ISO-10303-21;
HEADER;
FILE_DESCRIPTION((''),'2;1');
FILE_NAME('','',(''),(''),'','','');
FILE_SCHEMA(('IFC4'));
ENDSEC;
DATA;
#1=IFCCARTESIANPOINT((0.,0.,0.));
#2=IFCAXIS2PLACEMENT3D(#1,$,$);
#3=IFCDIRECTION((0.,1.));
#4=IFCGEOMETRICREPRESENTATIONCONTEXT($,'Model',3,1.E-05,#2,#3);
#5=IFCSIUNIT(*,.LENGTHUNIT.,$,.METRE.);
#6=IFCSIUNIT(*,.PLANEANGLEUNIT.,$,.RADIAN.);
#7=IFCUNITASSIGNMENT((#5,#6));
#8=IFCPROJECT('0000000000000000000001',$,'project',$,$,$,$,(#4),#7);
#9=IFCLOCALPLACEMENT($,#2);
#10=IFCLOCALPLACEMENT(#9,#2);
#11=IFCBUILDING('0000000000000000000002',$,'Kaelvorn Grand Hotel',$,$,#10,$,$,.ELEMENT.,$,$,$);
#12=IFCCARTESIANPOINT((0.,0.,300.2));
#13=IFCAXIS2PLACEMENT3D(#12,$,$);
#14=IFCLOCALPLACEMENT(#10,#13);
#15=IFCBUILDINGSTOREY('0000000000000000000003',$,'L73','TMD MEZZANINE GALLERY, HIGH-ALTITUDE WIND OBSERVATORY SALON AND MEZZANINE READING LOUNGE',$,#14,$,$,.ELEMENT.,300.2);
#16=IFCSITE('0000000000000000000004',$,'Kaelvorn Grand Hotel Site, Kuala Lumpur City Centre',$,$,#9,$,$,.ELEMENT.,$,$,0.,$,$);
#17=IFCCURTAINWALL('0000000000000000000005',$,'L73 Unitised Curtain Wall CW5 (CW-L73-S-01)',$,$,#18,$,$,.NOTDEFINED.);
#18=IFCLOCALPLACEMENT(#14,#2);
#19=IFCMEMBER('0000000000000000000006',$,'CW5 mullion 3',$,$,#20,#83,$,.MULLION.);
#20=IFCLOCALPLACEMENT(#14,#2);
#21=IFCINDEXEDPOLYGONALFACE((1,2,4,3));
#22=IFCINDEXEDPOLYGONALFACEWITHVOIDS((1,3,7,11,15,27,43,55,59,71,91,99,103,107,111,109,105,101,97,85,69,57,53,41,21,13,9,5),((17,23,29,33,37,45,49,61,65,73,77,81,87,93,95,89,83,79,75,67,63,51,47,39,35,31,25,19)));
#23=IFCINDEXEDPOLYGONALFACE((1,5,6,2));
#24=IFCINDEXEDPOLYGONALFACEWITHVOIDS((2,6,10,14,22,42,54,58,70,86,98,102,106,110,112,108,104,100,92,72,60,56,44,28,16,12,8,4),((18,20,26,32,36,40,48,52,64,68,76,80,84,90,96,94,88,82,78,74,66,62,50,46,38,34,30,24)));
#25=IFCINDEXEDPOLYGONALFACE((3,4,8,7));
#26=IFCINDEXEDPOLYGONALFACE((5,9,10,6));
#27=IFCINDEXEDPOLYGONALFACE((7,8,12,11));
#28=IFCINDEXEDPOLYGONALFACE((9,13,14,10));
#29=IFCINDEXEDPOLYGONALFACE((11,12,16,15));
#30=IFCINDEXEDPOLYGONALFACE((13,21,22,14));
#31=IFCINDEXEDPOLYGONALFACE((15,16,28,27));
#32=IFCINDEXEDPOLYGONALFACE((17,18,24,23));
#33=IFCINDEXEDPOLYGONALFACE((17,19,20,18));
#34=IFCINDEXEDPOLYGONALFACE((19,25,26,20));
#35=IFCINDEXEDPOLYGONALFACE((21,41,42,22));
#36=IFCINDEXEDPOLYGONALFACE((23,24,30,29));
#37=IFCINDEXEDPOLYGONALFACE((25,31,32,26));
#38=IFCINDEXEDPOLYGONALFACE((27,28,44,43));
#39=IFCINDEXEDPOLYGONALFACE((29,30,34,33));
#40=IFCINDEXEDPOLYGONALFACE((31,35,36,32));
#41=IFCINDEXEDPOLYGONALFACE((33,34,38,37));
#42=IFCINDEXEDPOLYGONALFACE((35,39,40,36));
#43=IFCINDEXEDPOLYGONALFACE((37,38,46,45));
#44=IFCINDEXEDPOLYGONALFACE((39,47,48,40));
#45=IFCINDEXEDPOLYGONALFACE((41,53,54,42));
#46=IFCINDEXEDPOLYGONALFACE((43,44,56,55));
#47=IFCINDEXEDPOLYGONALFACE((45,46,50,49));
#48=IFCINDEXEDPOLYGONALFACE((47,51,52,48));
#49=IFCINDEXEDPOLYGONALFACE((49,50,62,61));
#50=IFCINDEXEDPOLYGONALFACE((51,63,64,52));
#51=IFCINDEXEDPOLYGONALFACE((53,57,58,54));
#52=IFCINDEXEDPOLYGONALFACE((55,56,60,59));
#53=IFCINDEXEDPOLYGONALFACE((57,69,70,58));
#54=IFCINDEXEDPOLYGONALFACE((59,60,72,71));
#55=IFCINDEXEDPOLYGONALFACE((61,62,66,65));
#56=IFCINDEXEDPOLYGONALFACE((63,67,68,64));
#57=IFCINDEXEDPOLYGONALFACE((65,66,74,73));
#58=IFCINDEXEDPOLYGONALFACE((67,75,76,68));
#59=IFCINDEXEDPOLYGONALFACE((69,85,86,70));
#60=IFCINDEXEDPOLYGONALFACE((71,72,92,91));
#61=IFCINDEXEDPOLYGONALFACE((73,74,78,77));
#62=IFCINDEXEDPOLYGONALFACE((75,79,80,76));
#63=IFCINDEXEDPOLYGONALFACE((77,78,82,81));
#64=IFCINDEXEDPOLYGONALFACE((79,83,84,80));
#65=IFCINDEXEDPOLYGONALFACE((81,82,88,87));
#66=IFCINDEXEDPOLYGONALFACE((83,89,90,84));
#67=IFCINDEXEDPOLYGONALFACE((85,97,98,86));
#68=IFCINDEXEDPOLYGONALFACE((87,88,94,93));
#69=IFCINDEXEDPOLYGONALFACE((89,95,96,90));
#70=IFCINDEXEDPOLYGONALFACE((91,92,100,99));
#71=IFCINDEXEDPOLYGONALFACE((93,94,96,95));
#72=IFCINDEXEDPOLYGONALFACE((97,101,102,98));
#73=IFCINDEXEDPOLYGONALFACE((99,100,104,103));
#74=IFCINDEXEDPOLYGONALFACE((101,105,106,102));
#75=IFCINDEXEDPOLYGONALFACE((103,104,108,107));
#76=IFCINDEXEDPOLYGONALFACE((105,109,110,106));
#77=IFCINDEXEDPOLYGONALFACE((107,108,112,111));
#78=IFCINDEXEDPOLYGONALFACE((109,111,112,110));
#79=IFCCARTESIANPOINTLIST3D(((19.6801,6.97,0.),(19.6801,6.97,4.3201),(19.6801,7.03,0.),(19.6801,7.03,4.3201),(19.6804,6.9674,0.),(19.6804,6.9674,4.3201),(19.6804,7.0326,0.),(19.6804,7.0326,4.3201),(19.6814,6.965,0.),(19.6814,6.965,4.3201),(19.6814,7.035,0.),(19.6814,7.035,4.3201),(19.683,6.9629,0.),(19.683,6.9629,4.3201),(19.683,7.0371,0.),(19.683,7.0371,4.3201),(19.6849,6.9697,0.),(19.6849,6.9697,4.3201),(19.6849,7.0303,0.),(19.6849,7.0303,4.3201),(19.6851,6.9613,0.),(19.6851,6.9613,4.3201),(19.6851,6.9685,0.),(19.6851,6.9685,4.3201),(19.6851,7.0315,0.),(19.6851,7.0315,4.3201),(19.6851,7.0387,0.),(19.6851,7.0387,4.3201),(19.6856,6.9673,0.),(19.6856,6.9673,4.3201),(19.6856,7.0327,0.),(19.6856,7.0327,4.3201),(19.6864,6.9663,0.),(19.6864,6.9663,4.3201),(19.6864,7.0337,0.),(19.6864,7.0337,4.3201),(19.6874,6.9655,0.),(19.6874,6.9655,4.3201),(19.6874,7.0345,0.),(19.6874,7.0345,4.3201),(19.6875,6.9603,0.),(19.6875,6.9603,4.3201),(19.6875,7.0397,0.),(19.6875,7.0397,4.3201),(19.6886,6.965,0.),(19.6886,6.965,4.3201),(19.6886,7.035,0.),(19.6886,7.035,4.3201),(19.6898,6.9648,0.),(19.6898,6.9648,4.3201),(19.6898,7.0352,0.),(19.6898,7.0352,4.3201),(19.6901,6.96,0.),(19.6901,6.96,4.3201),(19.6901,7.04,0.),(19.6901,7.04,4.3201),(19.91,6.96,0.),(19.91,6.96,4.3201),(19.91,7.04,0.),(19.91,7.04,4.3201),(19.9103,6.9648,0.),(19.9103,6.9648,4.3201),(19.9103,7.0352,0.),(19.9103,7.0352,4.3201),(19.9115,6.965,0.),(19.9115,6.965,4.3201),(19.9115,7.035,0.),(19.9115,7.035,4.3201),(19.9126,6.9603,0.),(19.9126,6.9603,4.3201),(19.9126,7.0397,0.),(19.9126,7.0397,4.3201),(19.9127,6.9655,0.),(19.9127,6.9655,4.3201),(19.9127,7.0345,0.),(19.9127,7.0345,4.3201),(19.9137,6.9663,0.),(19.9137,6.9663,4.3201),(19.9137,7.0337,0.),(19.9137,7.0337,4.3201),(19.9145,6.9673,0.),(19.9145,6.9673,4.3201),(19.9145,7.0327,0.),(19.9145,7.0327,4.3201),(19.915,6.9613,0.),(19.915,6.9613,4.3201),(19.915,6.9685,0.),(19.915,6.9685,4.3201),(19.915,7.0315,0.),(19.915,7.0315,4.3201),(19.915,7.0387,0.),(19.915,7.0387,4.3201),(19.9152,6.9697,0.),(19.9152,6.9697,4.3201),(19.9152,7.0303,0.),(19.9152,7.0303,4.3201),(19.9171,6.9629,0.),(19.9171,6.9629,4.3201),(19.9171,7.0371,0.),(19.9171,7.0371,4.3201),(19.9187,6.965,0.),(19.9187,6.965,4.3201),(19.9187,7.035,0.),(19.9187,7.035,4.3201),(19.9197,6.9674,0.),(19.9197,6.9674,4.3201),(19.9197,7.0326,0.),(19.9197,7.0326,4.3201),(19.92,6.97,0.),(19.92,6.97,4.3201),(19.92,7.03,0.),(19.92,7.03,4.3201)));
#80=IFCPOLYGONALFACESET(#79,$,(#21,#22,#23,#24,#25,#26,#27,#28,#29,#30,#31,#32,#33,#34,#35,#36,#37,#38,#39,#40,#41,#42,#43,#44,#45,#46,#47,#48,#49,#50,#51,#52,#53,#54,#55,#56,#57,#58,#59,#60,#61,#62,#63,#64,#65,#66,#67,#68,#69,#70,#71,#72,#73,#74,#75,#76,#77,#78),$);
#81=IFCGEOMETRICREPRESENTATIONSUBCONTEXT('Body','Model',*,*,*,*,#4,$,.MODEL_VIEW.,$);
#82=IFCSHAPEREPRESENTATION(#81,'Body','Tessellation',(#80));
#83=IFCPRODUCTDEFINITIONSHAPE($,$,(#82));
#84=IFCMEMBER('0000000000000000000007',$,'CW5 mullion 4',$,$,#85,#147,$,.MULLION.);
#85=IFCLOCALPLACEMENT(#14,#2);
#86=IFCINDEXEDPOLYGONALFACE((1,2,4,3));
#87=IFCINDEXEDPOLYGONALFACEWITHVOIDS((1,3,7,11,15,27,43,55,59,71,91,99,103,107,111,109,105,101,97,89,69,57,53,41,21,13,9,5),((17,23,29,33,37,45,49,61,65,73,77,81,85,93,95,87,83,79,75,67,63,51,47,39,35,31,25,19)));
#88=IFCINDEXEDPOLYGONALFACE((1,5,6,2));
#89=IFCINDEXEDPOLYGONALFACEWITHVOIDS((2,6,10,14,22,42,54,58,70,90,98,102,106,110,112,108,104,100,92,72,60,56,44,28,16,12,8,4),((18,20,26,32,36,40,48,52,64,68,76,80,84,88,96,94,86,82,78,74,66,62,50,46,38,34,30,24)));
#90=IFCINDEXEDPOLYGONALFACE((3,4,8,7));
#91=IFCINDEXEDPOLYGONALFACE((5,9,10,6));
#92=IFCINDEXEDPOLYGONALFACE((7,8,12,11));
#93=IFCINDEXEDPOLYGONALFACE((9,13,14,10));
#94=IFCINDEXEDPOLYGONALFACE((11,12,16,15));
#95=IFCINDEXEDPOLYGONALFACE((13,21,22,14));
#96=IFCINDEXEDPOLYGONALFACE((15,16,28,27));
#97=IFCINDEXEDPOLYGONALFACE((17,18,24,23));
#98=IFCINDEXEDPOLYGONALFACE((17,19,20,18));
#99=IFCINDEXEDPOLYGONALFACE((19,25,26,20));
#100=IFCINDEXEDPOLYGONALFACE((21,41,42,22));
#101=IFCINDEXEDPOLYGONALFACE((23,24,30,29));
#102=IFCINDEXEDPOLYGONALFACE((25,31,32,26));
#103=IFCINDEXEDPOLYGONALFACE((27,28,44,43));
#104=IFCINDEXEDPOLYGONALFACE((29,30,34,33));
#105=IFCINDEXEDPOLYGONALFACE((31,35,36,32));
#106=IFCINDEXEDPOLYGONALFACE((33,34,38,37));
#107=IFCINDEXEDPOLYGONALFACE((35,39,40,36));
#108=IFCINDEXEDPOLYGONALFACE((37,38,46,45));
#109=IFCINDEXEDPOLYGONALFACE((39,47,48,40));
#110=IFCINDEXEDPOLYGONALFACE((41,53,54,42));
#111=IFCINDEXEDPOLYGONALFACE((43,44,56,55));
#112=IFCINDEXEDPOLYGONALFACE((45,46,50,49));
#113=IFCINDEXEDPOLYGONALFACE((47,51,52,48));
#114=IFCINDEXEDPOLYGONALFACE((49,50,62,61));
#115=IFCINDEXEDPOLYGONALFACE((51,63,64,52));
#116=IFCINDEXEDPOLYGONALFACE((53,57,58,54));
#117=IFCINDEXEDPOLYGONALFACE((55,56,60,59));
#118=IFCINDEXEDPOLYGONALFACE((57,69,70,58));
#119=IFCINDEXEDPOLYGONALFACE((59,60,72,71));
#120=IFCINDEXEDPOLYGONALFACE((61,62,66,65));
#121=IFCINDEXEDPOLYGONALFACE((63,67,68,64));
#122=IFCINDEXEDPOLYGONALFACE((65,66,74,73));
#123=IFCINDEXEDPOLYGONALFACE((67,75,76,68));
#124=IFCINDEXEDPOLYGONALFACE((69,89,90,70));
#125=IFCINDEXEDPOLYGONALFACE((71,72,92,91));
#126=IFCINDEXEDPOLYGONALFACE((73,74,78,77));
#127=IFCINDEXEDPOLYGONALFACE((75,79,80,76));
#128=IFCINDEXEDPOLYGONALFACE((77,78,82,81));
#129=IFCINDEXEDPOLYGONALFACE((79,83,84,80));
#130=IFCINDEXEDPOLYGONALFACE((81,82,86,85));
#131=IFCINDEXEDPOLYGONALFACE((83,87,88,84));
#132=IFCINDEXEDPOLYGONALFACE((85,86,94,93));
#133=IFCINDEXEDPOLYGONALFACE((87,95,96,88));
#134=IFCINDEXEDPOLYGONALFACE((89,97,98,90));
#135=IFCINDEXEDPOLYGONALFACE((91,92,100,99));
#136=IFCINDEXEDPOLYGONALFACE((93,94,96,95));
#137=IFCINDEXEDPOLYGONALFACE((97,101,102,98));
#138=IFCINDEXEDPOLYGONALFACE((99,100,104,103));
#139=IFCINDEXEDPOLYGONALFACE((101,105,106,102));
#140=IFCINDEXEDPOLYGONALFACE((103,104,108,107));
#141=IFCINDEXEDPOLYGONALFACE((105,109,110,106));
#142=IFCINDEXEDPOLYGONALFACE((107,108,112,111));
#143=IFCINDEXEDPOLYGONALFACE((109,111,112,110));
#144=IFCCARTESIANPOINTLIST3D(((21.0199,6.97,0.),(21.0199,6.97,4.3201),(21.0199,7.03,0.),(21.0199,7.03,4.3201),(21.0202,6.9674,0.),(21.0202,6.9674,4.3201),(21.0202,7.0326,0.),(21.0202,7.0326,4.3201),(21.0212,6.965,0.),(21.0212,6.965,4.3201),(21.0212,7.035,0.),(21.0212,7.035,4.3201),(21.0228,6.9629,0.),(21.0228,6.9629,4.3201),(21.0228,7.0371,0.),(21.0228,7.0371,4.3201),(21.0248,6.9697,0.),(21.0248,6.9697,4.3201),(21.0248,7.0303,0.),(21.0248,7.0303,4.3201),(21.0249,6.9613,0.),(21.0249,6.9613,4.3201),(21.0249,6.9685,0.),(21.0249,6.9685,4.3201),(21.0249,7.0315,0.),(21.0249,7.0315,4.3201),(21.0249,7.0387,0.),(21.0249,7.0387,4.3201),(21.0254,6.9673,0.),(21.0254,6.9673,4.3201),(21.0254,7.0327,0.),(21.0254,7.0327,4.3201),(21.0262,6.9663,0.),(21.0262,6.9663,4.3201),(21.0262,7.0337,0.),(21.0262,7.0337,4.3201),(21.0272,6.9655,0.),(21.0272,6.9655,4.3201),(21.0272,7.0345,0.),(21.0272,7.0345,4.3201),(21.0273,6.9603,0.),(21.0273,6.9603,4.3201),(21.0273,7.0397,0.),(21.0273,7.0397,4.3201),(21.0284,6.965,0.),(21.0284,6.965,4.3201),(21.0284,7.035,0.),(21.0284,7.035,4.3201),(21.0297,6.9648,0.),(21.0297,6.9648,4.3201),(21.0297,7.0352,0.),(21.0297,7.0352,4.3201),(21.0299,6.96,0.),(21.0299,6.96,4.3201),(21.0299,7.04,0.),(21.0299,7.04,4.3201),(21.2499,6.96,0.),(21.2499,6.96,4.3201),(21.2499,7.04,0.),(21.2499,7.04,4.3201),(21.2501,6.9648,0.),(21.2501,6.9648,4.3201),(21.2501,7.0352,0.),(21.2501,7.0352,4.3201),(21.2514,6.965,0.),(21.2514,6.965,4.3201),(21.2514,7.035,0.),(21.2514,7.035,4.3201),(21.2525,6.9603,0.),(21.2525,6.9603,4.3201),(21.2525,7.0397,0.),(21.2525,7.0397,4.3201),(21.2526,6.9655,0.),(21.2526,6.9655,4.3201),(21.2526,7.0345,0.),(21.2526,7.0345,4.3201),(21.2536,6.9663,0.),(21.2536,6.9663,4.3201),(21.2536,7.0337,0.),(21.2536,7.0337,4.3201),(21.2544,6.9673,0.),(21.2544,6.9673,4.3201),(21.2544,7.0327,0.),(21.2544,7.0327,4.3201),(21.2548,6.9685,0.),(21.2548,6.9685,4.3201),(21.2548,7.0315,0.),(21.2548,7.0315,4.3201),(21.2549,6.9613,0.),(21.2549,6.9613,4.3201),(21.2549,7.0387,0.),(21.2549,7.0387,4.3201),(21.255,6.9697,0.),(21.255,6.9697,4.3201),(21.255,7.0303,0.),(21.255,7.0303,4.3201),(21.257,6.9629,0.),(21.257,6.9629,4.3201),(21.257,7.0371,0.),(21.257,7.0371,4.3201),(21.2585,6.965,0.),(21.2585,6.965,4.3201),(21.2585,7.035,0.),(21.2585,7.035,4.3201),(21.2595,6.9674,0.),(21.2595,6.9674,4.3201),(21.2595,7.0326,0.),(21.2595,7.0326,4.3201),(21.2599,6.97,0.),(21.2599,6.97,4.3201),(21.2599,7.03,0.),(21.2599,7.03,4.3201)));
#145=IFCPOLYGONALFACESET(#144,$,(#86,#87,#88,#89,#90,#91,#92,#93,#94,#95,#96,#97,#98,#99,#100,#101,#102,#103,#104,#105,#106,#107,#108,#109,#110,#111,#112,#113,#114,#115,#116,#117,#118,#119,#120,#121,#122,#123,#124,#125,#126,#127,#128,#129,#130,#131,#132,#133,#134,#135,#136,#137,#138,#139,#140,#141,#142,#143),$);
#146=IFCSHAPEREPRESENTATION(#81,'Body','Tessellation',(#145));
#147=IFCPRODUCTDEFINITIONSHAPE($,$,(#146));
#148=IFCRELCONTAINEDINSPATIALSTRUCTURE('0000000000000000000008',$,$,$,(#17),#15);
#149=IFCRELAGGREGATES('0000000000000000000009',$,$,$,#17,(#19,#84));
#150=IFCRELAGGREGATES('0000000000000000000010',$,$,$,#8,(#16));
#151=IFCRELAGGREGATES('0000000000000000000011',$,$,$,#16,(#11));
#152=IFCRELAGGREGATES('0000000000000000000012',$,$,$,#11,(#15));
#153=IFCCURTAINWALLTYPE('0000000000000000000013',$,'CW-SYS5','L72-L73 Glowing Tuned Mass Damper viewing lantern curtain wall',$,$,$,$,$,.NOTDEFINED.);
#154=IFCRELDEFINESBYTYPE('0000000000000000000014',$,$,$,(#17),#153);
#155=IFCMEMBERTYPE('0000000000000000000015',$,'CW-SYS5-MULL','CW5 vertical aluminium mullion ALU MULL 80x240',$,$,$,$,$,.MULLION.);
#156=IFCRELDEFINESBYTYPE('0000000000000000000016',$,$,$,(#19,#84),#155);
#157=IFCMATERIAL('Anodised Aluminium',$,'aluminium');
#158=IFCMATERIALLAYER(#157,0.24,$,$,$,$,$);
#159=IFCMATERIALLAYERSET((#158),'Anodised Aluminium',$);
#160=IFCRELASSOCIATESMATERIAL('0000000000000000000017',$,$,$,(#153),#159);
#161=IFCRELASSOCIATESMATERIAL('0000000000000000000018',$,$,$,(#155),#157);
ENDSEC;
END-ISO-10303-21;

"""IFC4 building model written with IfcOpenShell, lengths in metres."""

from ifc_helpers import new_model, si_unit, direction, frame, origin, origin_2d, place, context, subcontext, project, spatial, hollow_rectangle, extrude, material, layer, layer_set, material_profile, profile_set, type_object, element, aggregate, save


model = new_model("IFC4")

# Units and contexts
model_context = context("Model", 3, precision=1e-05, world=origin(), true_north=direction((0.0, 1.0)))
body_context = subcontext(model_context, "Body", "Model", "MODEL_VIEW")
ifc_project = project(units=[si_unit("LENGTHUNIT", "METRE"), si_unit("PLANEANGLEUNIT", "RADIAN")], contexts=[model_context])

# Site, building, storey
site_placement = place(None, origin())
site = spatial("IfcSite", under=ifc_project, at=site_placement, Name="Kaelvorn Grand Hotel Site, Kuala Lumpur City Centre", CompositionType="ELEMENT", RefElevation=0.0)
building_placement = place(site_placement, origin())
building = spatial("IfcBuilding", under=site, at=building_placement, Name="Kaelvorn Grand Hotel", CompositionType="ELEMENT")
storey_placement = place(building_placement, frame((0.0, 0.0, 300.2)))
storey = spatial("IfcBuildingStorey", under=building, at=storey_placement, Name="L73", Description="TMD MEZZANINE GALLERY, HIGH-ALTITUDE WIND OBSERVATORY SALON AND MEZZANINE READING LOUNGE", CompositionType="ELEMENT", Elevation=300.2)

# Curtain wall, members
ifc_material_1 = material(Name="Anodised Aluminium", Category="aluminium")
ifc_layer_1 = layer(ifc_material_1, 0.24)
ifc_layer_set_1 = layer_set([ifc_layer_1], Name="Anodised Aluminium")
curtain_wall_type = type_object("IfcCurtainWallType", Name="CW-SYS5", Description="L72-L73 Glowing Tuned Mass Damper viewing lantern curtain wall", PredefinedType="NOTDEFINED", material=ifc_layer_set_1)
curtain_wall_placement = place(storey_placement, origin())
curtain_wall = element("IfcCurtainWall", 1, at=curtain_wall_placement, inside=storey, type_object=curtain_wall_type, Name="L73 Unitised Curtain Wall CW5 (CW-L73-S-01)", PredefinedType="NOTDEFINED")
ifc_material_profile_1 = material_profile(ifc_material_1, hollow_rectangle(XDim=0.0801, YDim=0.24, WallThickness=0.0049, InnerFilletRadius=0.0049, OuterFilletRadius=0.01, at=origin_2d()), Name="ALU MULL 80x240")
ifc_profile_set_1 = profile_set([ifc_material_profile_1], Name="Anodised Aluminium")
member_type_1 = type_object("IfcMemberType", Name="CW-SYS5-MULL", Description="CW5 vertical aluminium mullion ALU MULL 80x240", PredefinedType="MULLION", material=ifc_profile_set_1)
member_1_placement = place(storey_placement, frame((19.8, 7.0, 0.0), z_axis=(0.0, 0.0, 1.0), x_axis=(0.0, 1.0, 0.0)))
member_1 = element("IfcMember", 2, at=member_1_placement, type_object=member_type_1, Name="CW5 mullion 3", PredefinedType="MULLION", context=body_context, shape_type="SweptSolid", body=[
    extrude(hollow_rectangle(XDim=0.0801, YDim=0.24, WallThickness=0.0049, InnerFilletRadius=0.0049, OuterFilletRadius=0.01, at=origin_2d()), origin(), (0.0, 0.0, 1.0), 4.3201),
])
member_2_placement = place(storey_placement, frame((21.1399, 7.0, 0.0), z_axis=(0.0, 0.0, 1.0), x_axis=(0.0, 1.0, 0.0)))
member_2 = element("IfcMember", 3, at=member_2_placement, type_object=member_type_1, Name="CW5 mullion 4", PredefinedType="MULLION", context=body_context, shape_type="SweptSolid", body=[
    extrude(hollow_rectangle(XDim=0.0801, YDim=0.24, WallThickness=0.0049, InnerFilletRadius=0.0049, OuterFilletRadius=0.01, at=origin_2d()), origin(), (0.0, 0.0, 1.0), 4.3201),
])
aggregate(curtain_wall, [member_1, member_2])

save(model, "model.ifc")
